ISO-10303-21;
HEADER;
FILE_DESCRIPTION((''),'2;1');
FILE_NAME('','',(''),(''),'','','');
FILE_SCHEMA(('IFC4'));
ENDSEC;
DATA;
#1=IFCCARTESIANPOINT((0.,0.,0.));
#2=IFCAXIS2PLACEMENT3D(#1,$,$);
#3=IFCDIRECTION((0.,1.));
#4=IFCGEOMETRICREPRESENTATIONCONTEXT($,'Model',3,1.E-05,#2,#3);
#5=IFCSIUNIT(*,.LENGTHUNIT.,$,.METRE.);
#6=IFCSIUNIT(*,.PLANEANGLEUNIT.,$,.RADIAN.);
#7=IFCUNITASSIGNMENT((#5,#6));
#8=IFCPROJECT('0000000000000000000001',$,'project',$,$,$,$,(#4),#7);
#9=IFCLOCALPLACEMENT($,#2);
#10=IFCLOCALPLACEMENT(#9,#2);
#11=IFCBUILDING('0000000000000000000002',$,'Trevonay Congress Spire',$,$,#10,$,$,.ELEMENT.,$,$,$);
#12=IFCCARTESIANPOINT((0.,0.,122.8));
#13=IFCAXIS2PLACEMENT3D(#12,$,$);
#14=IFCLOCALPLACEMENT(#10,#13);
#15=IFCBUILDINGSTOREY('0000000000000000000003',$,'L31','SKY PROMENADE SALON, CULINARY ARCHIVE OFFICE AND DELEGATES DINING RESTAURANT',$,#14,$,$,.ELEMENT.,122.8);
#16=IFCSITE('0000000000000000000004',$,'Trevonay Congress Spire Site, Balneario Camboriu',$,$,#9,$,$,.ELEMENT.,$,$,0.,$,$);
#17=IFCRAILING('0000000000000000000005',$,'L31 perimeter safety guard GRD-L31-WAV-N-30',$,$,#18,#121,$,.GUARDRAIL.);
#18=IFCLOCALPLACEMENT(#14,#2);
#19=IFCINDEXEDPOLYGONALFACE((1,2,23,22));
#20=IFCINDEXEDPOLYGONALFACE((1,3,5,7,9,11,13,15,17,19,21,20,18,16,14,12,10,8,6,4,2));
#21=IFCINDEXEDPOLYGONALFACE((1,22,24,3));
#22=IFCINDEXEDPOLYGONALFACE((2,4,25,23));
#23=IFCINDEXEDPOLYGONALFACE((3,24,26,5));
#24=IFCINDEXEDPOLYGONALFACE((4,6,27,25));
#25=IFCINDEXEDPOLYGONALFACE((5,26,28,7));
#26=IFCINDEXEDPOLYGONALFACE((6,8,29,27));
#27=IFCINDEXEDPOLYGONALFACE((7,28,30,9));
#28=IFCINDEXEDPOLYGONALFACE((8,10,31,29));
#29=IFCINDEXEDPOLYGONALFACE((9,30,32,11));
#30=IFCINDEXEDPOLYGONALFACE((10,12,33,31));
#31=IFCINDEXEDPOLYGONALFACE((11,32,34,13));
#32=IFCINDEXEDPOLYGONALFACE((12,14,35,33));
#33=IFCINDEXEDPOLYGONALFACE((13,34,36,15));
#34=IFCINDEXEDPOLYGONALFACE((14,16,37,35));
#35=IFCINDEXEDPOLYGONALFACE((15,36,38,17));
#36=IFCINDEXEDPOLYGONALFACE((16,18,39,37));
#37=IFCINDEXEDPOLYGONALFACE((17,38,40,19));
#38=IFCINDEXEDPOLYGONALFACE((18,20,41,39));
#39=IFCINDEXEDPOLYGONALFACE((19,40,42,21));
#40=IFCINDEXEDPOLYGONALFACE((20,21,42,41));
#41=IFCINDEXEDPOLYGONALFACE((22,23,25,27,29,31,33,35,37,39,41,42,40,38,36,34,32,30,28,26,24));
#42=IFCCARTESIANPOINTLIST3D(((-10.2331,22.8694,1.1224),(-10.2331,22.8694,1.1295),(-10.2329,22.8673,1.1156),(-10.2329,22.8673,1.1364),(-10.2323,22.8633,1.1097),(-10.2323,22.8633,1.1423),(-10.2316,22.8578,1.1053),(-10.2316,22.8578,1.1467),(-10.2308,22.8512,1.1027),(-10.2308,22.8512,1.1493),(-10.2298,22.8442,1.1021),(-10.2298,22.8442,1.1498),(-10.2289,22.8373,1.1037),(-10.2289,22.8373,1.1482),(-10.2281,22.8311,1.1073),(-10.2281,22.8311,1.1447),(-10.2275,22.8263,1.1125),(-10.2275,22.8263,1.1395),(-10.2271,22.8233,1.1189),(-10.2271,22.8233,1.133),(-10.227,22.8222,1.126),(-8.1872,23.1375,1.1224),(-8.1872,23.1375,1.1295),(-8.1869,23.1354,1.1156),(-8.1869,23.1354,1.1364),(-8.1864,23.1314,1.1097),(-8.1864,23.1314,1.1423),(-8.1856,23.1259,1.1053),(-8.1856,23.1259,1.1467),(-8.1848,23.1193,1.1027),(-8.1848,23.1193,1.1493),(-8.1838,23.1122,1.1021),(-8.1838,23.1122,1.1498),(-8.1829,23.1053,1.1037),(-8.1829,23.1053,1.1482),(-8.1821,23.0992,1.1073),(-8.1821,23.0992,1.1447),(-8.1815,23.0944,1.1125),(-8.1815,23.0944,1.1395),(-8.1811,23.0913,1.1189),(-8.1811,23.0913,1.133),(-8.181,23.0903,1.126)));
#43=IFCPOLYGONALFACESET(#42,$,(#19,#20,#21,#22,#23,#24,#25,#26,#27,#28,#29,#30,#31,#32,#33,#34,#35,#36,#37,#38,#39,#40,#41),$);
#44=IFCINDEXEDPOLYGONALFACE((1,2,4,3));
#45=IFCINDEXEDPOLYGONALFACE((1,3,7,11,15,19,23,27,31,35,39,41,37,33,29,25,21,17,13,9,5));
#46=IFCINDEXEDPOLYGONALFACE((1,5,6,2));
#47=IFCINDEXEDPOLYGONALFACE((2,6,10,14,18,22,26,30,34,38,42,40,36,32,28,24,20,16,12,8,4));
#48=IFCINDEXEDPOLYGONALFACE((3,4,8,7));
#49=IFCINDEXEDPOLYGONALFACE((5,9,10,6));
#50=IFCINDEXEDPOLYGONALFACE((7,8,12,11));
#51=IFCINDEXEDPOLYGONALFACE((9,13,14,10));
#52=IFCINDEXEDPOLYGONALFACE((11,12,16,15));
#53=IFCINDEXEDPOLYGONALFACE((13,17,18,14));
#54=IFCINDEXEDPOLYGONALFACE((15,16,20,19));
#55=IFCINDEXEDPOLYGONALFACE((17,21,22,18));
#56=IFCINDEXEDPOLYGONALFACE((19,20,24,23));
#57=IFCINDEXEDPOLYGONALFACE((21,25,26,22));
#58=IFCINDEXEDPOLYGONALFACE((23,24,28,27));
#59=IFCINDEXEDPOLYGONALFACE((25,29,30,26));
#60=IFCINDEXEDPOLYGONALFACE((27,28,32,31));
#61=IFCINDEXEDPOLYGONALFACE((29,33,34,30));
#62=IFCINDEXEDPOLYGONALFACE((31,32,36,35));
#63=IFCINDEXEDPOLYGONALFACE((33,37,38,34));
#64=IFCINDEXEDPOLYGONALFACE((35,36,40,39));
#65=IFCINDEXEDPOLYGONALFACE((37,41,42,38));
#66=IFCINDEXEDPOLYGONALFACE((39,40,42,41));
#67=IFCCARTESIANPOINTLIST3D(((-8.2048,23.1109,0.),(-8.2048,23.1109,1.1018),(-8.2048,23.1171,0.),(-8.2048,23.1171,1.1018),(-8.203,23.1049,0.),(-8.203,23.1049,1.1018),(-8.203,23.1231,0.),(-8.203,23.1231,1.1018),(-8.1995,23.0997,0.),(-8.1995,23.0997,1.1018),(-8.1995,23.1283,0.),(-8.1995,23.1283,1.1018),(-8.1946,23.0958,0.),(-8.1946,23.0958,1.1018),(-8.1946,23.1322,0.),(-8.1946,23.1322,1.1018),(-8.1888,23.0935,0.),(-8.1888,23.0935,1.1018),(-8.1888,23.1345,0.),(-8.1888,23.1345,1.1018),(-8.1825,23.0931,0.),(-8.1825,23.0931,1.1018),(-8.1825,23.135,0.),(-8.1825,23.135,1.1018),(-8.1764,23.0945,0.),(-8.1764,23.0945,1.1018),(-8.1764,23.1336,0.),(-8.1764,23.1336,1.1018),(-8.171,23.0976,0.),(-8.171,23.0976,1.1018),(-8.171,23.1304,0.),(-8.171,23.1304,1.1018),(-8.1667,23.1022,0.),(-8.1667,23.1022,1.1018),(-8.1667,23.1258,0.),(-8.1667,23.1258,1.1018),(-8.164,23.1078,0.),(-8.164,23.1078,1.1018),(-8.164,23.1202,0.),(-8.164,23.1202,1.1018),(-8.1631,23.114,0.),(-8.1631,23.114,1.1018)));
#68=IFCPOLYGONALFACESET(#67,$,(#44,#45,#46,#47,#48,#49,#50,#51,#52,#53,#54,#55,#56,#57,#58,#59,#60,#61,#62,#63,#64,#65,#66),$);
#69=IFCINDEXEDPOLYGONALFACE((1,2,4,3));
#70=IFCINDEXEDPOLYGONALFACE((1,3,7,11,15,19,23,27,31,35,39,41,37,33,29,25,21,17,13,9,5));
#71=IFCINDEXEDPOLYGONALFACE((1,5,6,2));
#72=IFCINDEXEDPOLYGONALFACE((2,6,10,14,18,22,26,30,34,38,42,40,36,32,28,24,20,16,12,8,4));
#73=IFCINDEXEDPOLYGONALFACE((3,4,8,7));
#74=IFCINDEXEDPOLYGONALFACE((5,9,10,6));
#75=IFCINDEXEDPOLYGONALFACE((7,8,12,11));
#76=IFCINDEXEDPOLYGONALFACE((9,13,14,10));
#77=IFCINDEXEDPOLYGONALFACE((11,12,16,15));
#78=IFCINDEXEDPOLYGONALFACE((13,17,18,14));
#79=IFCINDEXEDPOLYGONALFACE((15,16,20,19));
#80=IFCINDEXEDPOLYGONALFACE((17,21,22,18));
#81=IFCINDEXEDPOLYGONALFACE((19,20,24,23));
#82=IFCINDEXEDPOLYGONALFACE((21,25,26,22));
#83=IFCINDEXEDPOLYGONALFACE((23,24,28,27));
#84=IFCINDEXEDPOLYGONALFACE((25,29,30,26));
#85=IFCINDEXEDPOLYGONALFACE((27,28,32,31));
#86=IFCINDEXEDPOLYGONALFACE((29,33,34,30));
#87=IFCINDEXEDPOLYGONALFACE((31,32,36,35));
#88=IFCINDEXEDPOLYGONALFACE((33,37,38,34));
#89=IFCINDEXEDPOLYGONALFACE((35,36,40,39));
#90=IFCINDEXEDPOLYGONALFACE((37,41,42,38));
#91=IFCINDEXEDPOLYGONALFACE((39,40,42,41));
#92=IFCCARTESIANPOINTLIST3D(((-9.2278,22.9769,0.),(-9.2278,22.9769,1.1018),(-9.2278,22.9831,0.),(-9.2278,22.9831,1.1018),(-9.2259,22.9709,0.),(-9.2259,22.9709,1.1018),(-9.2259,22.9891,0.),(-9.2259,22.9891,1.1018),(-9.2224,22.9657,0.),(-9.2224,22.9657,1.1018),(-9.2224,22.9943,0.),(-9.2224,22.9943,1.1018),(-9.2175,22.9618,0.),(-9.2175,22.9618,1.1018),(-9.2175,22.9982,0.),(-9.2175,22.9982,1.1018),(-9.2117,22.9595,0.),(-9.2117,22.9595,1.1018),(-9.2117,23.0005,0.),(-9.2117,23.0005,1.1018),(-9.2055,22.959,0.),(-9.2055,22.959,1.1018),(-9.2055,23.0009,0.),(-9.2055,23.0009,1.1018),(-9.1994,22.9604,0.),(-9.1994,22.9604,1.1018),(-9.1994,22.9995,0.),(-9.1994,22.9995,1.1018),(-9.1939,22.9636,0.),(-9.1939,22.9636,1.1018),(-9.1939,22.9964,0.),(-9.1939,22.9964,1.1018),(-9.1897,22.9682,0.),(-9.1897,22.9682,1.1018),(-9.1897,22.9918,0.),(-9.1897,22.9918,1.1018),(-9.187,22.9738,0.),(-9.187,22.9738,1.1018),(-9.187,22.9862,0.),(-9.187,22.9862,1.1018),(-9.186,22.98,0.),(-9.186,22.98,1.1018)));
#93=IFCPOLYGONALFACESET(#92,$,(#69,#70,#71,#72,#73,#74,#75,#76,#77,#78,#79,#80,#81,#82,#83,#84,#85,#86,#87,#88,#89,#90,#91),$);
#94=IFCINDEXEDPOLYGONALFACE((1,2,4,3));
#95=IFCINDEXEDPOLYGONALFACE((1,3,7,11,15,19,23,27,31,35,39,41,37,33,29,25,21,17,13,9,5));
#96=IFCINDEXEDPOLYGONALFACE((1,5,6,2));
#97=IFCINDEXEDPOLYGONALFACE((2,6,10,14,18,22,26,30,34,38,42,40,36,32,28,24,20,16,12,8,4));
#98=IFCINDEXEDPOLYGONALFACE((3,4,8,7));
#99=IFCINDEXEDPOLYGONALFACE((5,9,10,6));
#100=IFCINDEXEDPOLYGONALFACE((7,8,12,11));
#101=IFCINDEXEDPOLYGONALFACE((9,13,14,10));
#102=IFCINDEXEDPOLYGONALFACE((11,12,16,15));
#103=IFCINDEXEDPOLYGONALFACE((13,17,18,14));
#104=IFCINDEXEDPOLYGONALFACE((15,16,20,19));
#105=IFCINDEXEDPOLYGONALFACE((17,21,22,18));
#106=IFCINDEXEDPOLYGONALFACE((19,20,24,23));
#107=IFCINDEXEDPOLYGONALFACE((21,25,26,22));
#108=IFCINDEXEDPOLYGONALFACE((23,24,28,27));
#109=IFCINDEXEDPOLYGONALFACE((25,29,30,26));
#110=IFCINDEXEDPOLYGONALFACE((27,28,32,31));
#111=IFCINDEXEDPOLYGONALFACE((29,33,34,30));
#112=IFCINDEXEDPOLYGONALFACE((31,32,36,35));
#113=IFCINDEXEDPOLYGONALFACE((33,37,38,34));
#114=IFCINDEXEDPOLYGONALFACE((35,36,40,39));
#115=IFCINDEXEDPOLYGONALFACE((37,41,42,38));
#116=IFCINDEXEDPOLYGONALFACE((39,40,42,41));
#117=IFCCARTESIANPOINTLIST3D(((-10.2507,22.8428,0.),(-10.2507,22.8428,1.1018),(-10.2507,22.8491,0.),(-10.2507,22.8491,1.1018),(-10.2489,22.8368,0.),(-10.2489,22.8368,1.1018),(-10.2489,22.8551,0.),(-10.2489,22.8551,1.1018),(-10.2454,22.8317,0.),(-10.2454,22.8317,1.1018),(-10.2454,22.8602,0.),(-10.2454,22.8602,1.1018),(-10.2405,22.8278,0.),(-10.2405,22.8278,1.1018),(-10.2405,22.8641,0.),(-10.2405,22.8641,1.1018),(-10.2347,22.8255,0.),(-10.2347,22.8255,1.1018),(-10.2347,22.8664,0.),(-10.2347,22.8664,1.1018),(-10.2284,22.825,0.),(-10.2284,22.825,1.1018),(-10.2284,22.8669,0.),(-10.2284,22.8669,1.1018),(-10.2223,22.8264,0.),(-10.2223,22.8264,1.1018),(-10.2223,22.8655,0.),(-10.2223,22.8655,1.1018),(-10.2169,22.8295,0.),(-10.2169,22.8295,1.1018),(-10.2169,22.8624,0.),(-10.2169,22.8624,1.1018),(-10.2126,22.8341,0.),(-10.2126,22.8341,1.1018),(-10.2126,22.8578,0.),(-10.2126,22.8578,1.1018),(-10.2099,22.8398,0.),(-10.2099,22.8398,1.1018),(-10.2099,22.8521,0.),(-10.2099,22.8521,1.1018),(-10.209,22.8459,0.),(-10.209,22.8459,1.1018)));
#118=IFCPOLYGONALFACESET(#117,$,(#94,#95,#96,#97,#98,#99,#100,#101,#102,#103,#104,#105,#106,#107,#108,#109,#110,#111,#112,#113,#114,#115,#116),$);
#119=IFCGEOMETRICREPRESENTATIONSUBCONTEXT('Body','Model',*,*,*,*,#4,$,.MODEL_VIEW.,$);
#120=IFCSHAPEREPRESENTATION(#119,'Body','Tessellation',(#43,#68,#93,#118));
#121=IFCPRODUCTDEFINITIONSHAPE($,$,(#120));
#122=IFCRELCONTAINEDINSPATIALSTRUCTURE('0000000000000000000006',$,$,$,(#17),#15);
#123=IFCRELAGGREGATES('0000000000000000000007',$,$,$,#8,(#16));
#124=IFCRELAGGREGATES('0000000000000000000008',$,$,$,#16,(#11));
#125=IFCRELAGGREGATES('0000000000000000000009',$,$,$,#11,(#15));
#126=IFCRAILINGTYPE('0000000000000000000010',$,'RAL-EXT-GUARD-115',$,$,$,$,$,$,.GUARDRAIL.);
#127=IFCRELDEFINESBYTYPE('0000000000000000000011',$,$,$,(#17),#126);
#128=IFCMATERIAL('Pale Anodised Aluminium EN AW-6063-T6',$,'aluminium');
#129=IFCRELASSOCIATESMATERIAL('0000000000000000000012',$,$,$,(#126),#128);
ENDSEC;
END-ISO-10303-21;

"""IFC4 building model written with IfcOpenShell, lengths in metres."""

from ifc_helpers import new_model, si_unit, direction, frame, origin, origin_2d, place, context, subcontext, project, spatial, circle, extrude, material, type_object, element, save


model = new_model("IFC4")

# Units and contexts
model_context = context("Model", 3, precision=1e-05, world=origin(), true_north=direction((0.0, 1.0)))
body_context = subcontext(model_context, "Body", "Model", "MODEL_VIEW")
ifc_project = project(units=[si_unit("LENGTHUNIT", "METRE"), si_unit("PLANEANGLEUNIT", "RADIAN")], contexts=[model_context])

# Site, building, storey
site_placement = place(None, origin())
site = spatial("IfcSite", under=ifc_project, at=site_placement, Name="Trevonay Congress Spire Site, Balneario Camboriu", CompositionType="ELEMENT", RefElevation=0.0)
building_placement = place(site_placement, origin())
building = spatial("IfcBuilding", under=site, at=building_placement, Name="Trevonay Congress Spire", CompositionType="ELEMENT")
storey_placement = place(building_placement, frame((0.0, 0.0, 122.8)))
storey = spatial("IfcBuildingStorey", under=building, at=storey_placement, Name="L31", Description="SKY PROMENADE SALON, CULINARY ARCHIVE OFFICE AND DELEGATES DINING RESTAURANT", CompositionType="ELEMENT", Elevation=122.8)

# Shared definitions
ifc_material_1 = material(Name="Pale Anodised Aluminium EN AW-6063-T6", Category="aluminium")

# Railing
railing_type = type_object("IfcRailingType", Name="RAL-EXT-GUARD-115", PredefinedType="GUARDRAIL", material=ifc_material_1)
railing_1_placement = place(storey_placement, frame((-8.1841, 23.114, 0.0)))
element("IfcRailing", 1, at=railing_1_placement, inside=storey, type_object=railing_type, Name="L31 perimeter safety guard GRD-L31-WAV-N-30", PredefinedType="GUARDRAIL", context=body_context, shape_type="SweptSolid", body=[
    extrude(circle(Radius=0.0239, at=origin_2d()), frame((0.0, 0.0, 1.126), z_axis=(-0.991525, -0.129916, 0.0), x_axis=(0.129916, -0.991525, 0.0)), (0.0, 0.0, 1.0), 2.0635),
    extrude(circle(Radius=0.021, at=origin_2d()), origin(), (0.0, 0.0, 1.0), 1.1018),
    extrude(circle(Radius=0.021, at=origin_2d()), frame((-1.0229, -0.134, 0.0)), (0.0, 0.0, 1.0), 1.1018),
    extrude(circle(Radius=0.021, at=origin_2d()), frame((-2.0459, -0.2681, 0.0)), (0.0, 0.0, 1.0), 1.1018),
])

save(model, "model.ifc")
